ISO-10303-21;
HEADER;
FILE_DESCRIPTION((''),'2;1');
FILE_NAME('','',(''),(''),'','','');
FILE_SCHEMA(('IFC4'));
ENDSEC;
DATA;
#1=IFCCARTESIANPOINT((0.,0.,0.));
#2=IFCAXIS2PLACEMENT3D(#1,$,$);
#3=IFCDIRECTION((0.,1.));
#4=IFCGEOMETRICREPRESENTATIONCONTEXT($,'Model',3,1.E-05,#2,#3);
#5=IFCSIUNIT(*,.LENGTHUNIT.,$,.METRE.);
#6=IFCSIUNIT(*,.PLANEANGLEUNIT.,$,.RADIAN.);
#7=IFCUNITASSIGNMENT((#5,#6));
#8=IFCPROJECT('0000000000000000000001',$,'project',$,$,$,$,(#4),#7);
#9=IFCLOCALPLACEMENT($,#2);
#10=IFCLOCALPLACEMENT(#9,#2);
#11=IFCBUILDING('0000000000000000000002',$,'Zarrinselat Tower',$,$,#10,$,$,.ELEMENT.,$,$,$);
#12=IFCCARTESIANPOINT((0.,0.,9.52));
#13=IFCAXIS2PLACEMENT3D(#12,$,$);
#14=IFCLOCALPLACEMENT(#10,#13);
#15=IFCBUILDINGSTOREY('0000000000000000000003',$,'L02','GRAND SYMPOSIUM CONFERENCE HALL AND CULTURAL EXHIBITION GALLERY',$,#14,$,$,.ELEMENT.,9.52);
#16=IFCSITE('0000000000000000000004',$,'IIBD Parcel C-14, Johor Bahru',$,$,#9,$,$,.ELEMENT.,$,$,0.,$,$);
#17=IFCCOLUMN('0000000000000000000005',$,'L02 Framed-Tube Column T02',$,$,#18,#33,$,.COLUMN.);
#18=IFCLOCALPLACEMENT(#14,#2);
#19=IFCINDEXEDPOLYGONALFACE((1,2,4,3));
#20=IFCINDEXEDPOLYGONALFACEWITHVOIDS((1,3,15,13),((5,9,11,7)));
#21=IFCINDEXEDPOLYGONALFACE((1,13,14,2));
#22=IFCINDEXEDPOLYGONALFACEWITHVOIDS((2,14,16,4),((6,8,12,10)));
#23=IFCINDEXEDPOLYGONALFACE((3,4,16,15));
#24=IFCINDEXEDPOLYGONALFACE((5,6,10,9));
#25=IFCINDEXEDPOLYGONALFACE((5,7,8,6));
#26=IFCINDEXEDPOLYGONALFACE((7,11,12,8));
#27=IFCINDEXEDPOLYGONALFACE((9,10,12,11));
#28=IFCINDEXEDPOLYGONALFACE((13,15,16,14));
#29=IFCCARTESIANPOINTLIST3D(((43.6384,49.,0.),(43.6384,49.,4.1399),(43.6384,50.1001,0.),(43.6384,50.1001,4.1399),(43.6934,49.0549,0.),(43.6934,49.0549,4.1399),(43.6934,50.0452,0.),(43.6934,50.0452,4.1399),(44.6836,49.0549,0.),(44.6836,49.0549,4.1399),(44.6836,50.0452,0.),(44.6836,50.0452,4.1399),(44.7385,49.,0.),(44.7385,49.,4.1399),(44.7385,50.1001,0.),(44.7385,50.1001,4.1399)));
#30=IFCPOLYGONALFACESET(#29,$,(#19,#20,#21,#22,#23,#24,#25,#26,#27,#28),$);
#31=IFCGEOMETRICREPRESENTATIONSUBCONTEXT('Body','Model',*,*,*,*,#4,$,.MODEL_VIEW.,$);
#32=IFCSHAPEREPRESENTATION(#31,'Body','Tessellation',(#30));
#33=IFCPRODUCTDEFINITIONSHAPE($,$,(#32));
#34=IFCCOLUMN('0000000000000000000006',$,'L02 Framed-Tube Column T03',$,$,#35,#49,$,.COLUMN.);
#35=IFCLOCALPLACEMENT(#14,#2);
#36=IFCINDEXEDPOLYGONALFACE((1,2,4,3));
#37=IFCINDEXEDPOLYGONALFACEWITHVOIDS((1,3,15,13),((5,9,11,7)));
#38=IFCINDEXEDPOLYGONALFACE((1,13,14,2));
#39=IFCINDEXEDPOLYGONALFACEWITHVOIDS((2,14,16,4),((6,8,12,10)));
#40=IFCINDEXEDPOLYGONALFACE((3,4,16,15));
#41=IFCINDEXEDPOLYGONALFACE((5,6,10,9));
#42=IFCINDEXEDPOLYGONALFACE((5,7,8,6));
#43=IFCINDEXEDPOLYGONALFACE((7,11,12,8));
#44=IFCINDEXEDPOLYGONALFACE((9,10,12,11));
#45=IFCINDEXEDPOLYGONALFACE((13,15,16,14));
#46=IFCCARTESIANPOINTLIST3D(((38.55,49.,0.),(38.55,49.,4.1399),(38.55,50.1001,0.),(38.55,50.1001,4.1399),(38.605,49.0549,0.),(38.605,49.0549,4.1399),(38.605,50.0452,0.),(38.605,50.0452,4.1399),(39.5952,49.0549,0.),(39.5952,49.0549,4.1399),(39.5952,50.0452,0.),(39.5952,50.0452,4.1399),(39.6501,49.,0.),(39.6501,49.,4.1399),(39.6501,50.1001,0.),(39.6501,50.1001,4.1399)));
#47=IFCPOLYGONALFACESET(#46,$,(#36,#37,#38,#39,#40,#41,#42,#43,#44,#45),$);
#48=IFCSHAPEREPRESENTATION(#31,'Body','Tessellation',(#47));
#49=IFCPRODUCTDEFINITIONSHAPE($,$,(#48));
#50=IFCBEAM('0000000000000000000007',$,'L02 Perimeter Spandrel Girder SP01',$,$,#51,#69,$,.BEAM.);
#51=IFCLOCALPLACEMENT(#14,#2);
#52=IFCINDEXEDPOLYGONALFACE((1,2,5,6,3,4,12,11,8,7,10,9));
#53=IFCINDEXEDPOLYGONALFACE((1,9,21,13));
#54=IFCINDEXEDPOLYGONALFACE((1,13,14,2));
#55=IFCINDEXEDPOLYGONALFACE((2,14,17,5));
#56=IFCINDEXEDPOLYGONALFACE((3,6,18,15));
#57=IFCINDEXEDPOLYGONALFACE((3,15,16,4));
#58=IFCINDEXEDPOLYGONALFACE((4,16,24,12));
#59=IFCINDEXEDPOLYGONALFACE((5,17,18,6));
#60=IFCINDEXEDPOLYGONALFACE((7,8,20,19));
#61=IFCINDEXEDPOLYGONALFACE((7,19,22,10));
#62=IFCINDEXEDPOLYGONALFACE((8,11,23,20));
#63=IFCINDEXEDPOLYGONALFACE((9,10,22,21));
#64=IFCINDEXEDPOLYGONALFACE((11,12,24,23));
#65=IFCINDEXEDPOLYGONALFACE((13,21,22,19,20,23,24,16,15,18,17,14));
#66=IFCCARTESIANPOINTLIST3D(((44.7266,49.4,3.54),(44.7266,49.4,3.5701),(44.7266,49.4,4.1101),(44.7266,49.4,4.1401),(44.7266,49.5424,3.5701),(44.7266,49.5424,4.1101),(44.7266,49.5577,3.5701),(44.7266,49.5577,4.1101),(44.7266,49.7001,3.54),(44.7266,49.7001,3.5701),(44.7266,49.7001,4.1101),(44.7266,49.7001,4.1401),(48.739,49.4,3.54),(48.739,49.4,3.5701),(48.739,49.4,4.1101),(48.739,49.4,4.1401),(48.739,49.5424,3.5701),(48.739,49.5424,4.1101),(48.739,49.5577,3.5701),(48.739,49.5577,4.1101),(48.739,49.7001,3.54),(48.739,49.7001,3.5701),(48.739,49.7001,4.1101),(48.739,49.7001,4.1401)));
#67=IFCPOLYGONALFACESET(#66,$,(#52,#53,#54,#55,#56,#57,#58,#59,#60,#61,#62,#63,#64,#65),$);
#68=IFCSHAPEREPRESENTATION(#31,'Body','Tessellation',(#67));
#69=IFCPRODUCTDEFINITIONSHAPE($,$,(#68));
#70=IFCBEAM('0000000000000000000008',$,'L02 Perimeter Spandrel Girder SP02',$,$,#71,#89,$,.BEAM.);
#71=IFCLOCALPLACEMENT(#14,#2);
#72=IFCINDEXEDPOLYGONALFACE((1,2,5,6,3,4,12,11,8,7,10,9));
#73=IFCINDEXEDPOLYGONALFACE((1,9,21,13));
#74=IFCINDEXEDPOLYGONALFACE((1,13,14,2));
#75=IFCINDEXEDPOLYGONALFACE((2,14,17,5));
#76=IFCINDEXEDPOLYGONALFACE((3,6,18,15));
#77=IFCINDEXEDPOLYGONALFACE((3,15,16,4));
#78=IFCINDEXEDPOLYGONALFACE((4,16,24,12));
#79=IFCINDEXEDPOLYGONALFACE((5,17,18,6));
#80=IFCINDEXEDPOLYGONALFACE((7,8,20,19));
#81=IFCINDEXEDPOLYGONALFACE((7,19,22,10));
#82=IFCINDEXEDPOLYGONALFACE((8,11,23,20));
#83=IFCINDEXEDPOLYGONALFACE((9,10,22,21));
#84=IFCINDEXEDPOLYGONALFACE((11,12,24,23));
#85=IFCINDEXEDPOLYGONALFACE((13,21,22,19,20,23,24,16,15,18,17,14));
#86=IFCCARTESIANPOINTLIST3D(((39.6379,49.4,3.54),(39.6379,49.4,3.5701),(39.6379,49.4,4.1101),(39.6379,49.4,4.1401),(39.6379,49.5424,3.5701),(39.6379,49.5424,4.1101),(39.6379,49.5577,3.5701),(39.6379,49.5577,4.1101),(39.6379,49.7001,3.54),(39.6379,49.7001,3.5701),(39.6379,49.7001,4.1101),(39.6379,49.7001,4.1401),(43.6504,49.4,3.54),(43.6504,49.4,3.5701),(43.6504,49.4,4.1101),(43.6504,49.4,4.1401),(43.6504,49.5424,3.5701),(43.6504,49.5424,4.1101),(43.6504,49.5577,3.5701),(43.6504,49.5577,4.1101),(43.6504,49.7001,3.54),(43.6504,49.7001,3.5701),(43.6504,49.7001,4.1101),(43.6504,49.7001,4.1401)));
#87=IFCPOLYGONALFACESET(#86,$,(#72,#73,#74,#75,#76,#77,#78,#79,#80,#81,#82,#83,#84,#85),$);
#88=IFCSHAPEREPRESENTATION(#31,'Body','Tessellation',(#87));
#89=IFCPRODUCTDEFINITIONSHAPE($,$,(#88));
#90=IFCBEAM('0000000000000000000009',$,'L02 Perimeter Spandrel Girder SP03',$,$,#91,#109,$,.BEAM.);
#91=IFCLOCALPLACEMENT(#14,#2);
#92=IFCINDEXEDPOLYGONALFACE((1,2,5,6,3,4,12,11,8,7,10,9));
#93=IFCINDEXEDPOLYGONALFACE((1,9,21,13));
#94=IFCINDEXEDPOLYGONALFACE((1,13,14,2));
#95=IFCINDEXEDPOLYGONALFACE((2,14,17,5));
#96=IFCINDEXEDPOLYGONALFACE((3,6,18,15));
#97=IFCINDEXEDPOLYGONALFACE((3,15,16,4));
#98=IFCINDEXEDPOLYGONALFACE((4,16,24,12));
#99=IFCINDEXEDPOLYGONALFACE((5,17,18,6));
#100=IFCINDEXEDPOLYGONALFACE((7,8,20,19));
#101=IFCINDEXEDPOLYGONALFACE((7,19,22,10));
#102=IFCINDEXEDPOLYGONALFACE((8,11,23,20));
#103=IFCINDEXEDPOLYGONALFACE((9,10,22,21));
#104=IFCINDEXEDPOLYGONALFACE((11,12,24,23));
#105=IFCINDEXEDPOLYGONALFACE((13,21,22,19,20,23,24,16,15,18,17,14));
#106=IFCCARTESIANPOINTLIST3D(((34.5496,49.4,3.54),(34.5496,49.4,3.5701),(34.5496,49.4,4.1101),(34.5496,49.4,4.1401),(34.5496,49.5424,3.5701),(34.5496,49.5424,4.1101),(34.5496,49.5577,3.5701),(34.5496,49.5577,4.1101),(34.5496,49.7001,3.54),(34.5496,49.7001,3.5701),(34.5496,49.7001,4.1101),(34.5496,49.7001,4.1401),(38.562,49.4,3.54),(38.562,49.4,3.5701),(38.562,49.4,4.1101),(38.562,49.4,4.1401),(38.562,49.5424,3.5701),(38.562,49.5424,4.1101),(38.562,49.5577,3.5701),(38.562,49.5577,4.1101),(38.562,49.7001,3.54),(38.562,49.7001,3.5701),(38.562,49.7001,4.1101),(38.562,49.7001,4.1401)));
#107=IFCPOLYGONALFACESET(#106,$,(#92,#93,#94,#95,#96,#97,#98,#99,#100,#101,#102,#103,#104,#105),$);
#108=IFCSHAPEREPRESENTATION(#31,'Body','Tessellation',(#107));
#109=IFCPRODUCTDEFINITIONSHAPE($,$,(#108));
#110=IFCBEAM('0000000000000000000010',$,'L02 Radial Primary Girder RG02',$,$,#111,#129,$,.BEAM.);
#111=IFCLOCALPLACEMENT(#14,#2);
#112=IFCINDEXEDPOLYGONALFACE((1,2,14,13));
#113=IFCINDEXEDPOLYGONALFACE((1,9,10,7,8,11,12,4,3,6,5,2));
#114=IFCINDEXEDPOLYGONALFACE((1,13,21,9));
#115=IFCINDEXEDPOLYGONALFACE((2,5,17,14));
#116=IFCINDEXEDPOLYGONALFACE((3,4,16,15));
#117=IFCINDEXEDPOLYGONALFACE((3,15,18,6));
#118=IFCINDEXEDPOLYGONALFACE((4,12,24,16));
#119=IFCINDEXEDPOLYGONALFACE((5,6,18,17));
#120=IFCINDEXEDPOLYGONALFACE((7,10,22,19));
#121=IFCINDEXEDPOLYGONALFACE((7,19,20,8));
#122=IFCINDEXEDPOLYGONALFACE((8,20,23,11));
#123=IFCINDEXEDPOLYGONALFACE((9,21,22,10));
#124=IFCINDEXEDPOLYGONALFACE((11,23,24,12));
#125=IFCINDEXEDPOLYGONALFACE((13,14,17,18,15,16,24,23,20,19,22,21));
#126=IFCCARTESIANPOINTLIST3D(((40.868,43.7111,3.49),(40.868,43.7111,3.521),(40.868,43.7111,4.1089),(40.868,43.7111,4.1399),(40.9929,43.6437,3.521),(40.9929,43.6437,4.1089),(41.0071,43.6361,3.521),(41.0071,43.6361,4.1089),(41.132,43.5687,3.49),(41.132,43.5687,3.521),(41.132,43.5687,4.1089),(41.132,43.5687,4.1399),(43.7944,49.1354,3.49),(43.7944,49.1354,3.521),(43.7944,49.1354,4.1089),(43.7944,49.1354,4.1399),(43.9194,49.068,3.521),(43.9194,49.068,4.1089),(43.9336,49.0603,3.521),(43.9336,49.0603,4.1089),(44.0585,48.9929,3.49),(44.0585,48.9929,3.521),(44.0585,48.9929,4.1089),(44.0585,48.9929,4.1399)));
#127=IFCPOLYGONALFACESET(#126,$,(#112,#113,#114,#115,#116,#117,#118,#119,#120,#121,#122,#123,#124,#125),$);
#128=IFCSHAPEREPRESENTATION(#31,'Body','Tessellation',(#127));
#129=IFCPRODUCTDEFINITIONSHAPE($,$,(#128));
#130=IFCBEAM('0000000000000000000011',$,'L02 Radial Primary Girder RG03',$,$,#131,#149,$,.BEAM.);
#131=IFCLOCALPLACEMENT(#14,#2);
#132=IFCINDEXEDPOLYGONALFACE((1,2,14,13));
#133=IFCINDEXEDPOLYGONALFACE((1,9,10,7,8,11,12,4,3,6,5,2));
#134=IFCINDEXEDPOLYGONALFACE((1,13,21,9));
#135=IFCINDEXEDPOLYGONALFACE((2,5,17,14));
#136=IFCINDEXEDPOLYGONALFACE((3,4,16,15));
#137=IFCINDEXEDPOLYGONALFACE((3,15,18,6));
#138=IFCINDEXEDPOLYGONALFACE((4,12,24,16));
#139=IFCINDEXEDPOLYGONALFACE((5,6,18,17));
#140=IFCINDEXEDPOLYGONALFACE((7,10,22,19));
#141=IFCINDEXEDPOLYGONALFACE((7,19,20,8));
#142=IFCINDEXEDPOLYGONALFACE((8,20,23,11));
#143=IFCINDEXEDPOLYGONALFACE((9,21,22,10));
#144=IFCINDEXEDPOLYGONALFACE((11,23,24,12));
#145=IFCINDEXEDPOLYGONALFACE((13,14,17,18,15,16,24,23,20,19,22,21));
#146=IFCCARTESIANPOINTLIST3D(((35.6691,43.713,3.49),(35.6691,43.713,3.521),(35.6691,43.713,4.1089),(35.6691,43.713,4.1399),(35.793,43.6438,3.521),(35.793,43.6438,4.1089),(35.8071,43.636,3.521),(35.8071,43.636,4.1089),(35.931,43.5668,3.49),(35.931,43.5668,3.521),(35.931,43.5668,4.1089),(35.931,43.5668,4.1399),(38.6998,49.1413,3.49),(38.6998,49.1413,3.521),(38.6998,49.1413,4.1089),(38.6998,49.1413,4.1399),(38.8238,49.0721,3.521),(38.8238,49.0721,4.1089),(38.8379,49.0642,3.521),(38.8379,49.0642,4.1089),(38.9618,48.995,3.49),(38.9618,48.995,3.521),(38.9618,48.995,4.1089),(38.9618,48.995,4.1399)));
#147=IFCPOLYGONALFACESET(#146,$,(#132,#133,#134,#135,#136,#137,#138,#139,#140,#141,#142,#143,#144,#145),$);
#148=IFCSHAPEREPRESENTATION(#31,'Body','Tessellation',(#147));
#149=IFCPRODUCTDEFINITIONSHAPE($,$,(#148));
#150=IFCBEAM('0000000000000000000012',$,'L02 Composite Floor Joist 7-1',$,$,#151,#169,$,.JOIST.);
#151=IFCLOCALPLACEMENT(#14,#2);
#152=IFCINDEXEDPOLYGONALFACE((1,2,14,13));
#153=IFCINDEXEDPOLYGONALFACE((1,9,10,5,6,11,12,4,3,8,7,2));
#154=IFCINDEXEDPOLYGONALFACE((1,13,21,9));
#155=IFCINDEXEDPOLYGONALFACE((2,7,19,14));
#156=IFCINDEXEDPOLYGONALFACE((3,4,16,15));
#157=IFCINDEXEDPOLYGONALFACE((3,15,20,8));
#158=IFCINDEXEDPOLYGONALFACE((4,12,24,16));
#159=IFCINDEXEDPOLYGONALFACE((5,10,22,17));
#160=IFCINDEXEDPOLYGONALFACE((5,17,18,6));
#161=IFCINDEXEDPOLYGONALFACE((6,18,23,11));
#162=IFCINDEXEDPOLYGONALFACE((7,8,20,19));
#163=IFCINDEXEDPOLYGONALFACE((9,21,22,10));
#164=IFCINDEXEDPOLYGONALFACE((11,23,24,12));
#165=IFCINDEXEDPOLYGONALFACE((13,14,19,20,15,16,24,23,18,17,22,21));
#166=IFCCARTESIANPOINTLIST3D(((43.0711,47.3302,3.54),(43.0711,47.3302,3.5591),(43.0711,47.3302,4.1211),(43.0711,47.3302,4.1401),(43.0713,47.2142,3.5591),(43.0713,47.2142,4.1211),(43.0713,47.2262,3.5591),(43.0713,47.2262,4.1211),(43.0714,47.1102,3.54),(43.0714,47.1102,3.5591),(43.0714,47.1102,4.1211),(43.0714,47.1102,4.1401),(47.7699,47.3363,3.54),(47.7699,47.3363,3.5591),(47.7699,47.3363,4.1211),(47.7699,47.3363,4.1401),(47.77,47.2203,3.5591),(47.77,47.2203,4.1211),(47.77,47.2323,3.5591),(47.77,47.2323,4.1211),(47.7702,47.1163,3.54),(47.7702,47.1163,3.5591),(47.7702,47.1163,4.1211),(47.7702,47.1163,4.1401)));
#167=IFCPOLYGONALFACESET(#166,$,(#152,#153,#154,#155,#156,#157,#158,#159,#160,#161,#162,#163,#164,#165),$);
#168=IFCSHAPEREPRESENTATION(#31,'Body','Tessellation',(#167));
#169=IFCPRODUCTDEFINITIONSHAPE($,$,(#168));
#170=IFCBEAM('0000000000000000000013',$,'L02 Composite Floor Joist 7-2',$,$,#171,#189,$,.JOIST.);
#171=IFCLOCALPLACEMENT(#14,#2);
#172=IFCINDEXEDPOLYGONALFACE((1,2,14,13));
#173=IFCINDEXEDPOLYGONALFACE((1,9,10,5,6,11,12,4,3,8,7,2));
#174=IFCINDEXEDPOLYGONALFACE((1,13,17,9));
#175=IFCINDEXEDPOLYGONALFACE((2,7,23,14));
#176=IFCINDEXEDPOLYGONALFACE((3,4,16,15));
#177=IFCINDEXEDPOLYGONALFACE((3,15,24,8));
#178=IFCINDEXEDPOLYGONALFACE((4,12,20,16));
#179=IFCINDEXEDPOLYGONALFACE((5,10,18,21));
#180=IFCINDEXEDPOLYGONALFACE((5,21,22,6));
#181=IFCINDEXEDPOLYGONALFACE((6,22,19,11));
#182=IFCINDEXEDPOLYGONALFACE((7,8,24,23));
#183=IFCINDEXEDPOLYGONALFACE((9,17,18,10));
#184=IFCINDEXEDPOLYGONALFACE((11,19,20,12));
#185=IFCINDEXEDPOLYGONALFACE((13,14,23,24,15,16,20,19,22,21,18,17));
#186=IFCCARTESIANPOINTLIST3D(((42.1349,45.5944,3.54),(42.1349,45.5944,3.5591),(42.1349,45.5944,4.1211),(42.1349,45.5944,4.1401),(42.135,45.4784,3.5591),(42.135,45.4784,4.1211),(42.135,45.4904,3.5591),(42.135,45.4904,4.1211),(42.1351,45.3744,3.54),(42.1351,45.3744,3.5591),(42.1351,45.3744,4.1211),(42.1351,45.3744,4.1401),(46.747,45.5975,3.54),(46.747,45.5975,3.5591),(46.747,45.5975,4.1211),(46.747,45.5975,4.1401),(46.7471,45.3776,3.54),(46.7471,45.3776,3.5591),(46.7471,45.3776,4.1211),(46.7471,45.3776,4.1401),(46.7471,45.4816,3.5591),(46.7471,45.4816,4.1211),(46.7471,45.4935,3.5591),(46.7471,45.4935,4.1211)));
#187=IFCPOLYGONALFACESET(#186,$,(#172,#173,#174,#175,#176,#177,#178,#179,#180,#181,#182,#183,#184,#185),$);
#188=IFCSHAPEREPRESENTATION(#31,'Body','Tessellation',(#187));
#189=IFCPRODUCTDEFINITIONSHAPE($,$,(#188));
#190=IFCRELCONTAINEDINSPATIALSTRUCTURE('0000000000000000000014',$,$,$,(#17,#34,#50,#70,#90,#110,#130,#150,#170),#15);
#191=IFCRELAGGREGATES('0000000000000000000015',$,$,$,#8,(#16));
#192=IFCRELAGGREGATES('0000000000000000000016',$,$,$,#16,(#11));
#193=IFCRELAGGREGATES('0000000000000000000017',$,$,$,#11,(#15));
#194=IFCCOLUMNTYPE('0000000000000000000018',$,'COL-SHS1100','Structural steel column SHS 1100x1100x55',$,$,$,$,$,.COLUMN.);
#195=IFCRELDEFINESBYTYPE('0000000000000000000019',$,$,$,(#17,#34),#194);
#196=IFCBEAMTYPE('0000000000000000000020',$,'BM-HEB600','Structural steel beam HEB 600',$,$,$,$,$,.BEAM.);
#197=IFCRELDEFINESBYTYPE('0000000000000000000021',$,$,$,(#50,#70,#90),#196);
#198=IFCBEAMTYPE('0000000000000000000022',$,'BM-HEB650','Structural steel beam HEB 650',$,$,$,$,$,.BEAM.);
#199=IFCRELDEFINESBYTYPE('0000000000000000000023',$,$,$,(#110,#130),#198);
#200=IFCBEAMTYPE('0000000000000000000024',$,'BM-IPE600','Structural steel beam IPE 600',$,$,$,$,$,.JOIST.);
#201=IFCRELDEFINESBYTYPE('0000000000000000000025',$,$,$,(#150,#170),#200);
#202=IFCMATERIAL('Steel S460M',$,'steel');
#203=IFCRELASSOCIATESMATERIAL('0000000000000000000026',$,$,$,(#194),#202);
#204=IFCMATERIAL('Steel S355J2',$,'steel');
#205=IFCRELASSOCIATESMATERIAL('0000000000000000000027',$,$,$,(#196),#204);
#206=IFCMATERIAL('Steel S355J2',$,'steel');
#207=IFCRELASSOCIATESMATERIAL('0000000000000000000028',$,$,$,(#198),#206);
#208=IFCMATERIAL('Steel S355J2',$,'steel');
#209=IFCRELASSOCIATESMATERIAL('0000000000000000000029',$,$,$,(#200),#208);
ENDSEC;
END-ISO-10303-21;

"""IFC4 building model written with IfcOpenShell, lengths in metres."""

from ifc_helpers import new_model, si_unit, direction, frame, origin, origin_2d, place, context, subcontext, project, spatial, hollow_rectangle, i_section, extrude, material, material_profile, profile_set, type_object, element, save


model = new_model("IFC4")

# Units and contexts
model_context = context("Model", 3, precision=1e-05, world=origin(), true_north=direction((0.0, 1.0)))
body_context = subcontext(model_context, "Body", "Model", "MODEL_VIEW")
ifc_project = project(units=[si_unit("LENGTHUNIT", "METRE"), si_unit("PLANEANGLEUNIT", "RADIAN")], contexts=[model_context])

# Site, building, storey
site_placement = place(None, origin())
site = spatial("IfcSite", under=ifc_project, at=site_placement, Name="IIBD Parcel C-14, Johor Bahru", CompositionType="ELEMENT", RefElevation=0.0)
building_placement = place(site_placement, origin())
building = spatial("IfcBuilding", under=site, at=building_placement, Name="Zarrinselat Tower", CompositionType="ELEMENT")
storey_placement = place(building_placement, frame((0.0, 0.0, 9.52)))
storey = spatial("IfcBuildingStorey", under=building, at=storey_placement, Name="L02", Description="GRAND SYMPOSIUM CONFERENCE HALL AND CULTURAL EXHIBITION GALLERY", CompositionType="ELEMENT", Elevation=9.52)

# Columns
ifc_material_1 = material(Name="Steel S460M", Category="steel")
ifc_material_profile_1 = material_profile(ifc_material_1, hollow_rectangle(XDim=1.1001, YDim=1.1001, WallThickness=0.0549, at=origin_2d()), Name="SHS 1100x1100x55")
ifc_profile_set_1 = profile_set([ifc_material_profile_1], Name="Steel S460M")
column_type = type_object("IfcColumnType", Name="COL-SHS1100", Description="Structural steel column SHS 1100x1100x55", PredefinedType="COLUMN", material=ifc_profile_set_1)
for number, where, z_axis, x_axis, name in (
    (1, (44.1885, 49.55, 0.0), (0.0, 0.0, 1.0), (1.0, 0.0, 0.0), "L02 Framed-Tube Column T02"),
    (2, (39.1001, 49.55, 0.0), (0.0, 0.0, 1.0), (1.0, 0.0, 0.0), "L02 Framed-Tube Column T03"),
):
    element("IfcColumn", number, at=place(storey_placement, frame(where, z_axis=z_axis, x_axis=x_axis)), inside=storey, type_object=column_type, Name=name, PredefinedType="COLUMN", context=body_context, shape_type="SweptSolid", body=[
        extrude(hollow_rectangle(XDim=1.1001, YDim=1.1001, WallThickness=0.0549, at=origin_2d()), origin(), (0.0, 0.0, 1.0), 4.1399),
    ])

# Beams
ifc_material_2 = material(Name="Steel S355J2", Category="steel")
ifc_material_profile_2 = material_profile(ifc_material_2, i_section(OverallWidth=0.3, OverallDepth=0.6001, WebThickness=0.0154, FlangeThickness=0.03, at=origin_2d()), Name="HEB 600")
ifc_profile_set_2 = profile_set([ifc_material_profile_2], Name="Steel S355J2")
beam_type_1 = type_object("IfcBeamType", Name="BM-HEB600", Description="Structural steel beam HEB 600", PredefinedType="BEAM", material=ifc_profile_set_2)
for number, where, z_axis, x_axis, name in (
    (3, (44.7266, 49.55, 3.8401), (1.0, 0.0, 0.0), (0.0, 1.0, 0.0), "L02 Perimeter Spandrel Girder SP01"),
    (4, (39.6379, 49.55, 3.8401), (1.0, 0.0, 0.0), (0.0, 1.0, 0.0), "L02 Perimeter Spandrel Girder SP02"),
    (5, (34.5496, 49.55, 3.8401), (1.0, 0.0, 0.0), (0.0, 1.0, 0.0), "L02 Perimeter Spandrel Girder SP03"),
):
    element("IfcBeam", number, at=place(storey_placement, frame(where, z_axis=z_axis, x_axis=x_axis)), inside=storey, type_object=beam_type_1, Name=name, PredefinedType="BEAM", context=body_context, shape_type="SweptSolid", body=[
        extrude(i_section(OverallWidth=0.3, OverallDepth=0.6001, WebThickness=0.0154, FlangeThickness=0.03, at=origin_2d()), origin(), (0.0, 0.0, 1.0), 4.0125),
    ])
ifc_material_3 = material(Name="Steel S355J2", Category="steel")
ifc_material_profile_3 = material_profile(ifc_material_3, i_section(OverallWidth=0.3, OverallDepth=0.6499, WebThickness=0.0161, FlangeThickness=0.031, at=origin_2d()), Name="HEB 650")
ifc_profile_set_3 = profile_set([ifc_material_profile_3], Name="Steel S355J2")
beam_type_2 = type_object("IfcBeamType", Name="BM-HEB650", Description="Structural steel beam HEB 650", PredefinedType="BEAM", material=ifc_profile_set_3)
beam_1_placement = place(storey_placement, frame((41.0, 43.6399, 3.8149), z_axis=(0.47482, 0.880083, 0.0), x_axis=(-0.880083, 0.47482, 0.0)))
element("IfcBeam", 6, at=beam_1_placement, inside=storey, type_object=beam_type_2, Name="L02 Radial Primary Girder RG02", PredefinedType="BEAM", context=body_context, shape_type="SweptSolid", body=[
    extrude(i_section(OverallWidth=0.3, OverallDepth=0.6499, WebThickness=0.0161, FlangeThickness=0.031, at=origin_2d()), origin(), (0.0, 0.0, 1.0), 6.1633),
])
beam_2_placement = place(storey_placement, frame((35.8, 43.6399, 3.8149), z_axis=(0.487496, 0.873125, 0.0), x_axis=(-0.873125, 0.487496, 0.0)))
element("IfcBeam", 7, at=beam_2_placement, inside=storey, type_object=beam_type_2, Name="L02 Radial Primary Girder RG03", PredefinedType="BEAM", context=body_context, shape_type="SweptSolid", body=[
    extrude(i_section(OverallWidth=0.3, OverallDepth=0.6499, WebThickness=0.0161, FlangeThickness=0.031, at=origin_2d()), origin(), (0.0, 0.0, 1.0), 6.217),
])
ifc_material_4 = material(Name="Steel S355J2", Category="steel")
ifc_material_profile_4 = material_profile(ifc_material_4, i_section(OverallWidth=0.22, OverallDepth=0.6001, WebThickness=0.012, FlangeThickness=0.019, at=origin_2d()), Name="IPE 600")
ifc_profile_set_4 = profile_set([ifc_material_profile_4], Name="Steel S355J2")
beam_type_3 = type_object("IfcBeamType", Name="BM-IPE600", Description="Structural steel beam IPE 600", PredefinedType="JOIST", material=ifc_profile_set_4)
beam_3_placement = place(storey_placement, frame((43.0713, 47.2202, 3.8401), z_axis=(0.999999, 0.001299, 0.0), x_axis=(-0.001299, 0.999999, 0.0)))
element("IfcBeam", 8, at=beam_3_placement, inside=storey, type_object=beam_type_3, Name="L02 Composite Floor Joist 7-1", PredefinedType="JOIST", context=body_context, shape_type="SweptSolid", body=[
    extrude(i_section(OverallWidth=0.22, OverallDepth=0.6001, WebThickness=0.012, FlangeThickness=0.019, at=origin_2d()), origin(), (0.0, 0.0, 1.0), 4.6987),
])
beam_4_placement = place(storey_placement, frame((42.135, 45.4844, 3.8401), z_axis=(1.0, 0.000688, 0.0), x_axis=(-0.000688, 1.0, 0.0)))
element("IfcBeam", 9, at=beam_4_placement, inside=storey, type_object=beam_type_3, Name="L02 Composite Floor Joist 7-2", PredefinedType="JOIST", context=body_context, shape_type="SweptSolid", body=[
    extrude(i_section(OverallWidth=0.22, OverallDepth=0.6001, WebThickness=0.012, FlangeThickness=0.019, at=origin_2d()), origin(), (0.0, 0.0, 1.0), 4.6121),
])

save(model, "model.ifc")
